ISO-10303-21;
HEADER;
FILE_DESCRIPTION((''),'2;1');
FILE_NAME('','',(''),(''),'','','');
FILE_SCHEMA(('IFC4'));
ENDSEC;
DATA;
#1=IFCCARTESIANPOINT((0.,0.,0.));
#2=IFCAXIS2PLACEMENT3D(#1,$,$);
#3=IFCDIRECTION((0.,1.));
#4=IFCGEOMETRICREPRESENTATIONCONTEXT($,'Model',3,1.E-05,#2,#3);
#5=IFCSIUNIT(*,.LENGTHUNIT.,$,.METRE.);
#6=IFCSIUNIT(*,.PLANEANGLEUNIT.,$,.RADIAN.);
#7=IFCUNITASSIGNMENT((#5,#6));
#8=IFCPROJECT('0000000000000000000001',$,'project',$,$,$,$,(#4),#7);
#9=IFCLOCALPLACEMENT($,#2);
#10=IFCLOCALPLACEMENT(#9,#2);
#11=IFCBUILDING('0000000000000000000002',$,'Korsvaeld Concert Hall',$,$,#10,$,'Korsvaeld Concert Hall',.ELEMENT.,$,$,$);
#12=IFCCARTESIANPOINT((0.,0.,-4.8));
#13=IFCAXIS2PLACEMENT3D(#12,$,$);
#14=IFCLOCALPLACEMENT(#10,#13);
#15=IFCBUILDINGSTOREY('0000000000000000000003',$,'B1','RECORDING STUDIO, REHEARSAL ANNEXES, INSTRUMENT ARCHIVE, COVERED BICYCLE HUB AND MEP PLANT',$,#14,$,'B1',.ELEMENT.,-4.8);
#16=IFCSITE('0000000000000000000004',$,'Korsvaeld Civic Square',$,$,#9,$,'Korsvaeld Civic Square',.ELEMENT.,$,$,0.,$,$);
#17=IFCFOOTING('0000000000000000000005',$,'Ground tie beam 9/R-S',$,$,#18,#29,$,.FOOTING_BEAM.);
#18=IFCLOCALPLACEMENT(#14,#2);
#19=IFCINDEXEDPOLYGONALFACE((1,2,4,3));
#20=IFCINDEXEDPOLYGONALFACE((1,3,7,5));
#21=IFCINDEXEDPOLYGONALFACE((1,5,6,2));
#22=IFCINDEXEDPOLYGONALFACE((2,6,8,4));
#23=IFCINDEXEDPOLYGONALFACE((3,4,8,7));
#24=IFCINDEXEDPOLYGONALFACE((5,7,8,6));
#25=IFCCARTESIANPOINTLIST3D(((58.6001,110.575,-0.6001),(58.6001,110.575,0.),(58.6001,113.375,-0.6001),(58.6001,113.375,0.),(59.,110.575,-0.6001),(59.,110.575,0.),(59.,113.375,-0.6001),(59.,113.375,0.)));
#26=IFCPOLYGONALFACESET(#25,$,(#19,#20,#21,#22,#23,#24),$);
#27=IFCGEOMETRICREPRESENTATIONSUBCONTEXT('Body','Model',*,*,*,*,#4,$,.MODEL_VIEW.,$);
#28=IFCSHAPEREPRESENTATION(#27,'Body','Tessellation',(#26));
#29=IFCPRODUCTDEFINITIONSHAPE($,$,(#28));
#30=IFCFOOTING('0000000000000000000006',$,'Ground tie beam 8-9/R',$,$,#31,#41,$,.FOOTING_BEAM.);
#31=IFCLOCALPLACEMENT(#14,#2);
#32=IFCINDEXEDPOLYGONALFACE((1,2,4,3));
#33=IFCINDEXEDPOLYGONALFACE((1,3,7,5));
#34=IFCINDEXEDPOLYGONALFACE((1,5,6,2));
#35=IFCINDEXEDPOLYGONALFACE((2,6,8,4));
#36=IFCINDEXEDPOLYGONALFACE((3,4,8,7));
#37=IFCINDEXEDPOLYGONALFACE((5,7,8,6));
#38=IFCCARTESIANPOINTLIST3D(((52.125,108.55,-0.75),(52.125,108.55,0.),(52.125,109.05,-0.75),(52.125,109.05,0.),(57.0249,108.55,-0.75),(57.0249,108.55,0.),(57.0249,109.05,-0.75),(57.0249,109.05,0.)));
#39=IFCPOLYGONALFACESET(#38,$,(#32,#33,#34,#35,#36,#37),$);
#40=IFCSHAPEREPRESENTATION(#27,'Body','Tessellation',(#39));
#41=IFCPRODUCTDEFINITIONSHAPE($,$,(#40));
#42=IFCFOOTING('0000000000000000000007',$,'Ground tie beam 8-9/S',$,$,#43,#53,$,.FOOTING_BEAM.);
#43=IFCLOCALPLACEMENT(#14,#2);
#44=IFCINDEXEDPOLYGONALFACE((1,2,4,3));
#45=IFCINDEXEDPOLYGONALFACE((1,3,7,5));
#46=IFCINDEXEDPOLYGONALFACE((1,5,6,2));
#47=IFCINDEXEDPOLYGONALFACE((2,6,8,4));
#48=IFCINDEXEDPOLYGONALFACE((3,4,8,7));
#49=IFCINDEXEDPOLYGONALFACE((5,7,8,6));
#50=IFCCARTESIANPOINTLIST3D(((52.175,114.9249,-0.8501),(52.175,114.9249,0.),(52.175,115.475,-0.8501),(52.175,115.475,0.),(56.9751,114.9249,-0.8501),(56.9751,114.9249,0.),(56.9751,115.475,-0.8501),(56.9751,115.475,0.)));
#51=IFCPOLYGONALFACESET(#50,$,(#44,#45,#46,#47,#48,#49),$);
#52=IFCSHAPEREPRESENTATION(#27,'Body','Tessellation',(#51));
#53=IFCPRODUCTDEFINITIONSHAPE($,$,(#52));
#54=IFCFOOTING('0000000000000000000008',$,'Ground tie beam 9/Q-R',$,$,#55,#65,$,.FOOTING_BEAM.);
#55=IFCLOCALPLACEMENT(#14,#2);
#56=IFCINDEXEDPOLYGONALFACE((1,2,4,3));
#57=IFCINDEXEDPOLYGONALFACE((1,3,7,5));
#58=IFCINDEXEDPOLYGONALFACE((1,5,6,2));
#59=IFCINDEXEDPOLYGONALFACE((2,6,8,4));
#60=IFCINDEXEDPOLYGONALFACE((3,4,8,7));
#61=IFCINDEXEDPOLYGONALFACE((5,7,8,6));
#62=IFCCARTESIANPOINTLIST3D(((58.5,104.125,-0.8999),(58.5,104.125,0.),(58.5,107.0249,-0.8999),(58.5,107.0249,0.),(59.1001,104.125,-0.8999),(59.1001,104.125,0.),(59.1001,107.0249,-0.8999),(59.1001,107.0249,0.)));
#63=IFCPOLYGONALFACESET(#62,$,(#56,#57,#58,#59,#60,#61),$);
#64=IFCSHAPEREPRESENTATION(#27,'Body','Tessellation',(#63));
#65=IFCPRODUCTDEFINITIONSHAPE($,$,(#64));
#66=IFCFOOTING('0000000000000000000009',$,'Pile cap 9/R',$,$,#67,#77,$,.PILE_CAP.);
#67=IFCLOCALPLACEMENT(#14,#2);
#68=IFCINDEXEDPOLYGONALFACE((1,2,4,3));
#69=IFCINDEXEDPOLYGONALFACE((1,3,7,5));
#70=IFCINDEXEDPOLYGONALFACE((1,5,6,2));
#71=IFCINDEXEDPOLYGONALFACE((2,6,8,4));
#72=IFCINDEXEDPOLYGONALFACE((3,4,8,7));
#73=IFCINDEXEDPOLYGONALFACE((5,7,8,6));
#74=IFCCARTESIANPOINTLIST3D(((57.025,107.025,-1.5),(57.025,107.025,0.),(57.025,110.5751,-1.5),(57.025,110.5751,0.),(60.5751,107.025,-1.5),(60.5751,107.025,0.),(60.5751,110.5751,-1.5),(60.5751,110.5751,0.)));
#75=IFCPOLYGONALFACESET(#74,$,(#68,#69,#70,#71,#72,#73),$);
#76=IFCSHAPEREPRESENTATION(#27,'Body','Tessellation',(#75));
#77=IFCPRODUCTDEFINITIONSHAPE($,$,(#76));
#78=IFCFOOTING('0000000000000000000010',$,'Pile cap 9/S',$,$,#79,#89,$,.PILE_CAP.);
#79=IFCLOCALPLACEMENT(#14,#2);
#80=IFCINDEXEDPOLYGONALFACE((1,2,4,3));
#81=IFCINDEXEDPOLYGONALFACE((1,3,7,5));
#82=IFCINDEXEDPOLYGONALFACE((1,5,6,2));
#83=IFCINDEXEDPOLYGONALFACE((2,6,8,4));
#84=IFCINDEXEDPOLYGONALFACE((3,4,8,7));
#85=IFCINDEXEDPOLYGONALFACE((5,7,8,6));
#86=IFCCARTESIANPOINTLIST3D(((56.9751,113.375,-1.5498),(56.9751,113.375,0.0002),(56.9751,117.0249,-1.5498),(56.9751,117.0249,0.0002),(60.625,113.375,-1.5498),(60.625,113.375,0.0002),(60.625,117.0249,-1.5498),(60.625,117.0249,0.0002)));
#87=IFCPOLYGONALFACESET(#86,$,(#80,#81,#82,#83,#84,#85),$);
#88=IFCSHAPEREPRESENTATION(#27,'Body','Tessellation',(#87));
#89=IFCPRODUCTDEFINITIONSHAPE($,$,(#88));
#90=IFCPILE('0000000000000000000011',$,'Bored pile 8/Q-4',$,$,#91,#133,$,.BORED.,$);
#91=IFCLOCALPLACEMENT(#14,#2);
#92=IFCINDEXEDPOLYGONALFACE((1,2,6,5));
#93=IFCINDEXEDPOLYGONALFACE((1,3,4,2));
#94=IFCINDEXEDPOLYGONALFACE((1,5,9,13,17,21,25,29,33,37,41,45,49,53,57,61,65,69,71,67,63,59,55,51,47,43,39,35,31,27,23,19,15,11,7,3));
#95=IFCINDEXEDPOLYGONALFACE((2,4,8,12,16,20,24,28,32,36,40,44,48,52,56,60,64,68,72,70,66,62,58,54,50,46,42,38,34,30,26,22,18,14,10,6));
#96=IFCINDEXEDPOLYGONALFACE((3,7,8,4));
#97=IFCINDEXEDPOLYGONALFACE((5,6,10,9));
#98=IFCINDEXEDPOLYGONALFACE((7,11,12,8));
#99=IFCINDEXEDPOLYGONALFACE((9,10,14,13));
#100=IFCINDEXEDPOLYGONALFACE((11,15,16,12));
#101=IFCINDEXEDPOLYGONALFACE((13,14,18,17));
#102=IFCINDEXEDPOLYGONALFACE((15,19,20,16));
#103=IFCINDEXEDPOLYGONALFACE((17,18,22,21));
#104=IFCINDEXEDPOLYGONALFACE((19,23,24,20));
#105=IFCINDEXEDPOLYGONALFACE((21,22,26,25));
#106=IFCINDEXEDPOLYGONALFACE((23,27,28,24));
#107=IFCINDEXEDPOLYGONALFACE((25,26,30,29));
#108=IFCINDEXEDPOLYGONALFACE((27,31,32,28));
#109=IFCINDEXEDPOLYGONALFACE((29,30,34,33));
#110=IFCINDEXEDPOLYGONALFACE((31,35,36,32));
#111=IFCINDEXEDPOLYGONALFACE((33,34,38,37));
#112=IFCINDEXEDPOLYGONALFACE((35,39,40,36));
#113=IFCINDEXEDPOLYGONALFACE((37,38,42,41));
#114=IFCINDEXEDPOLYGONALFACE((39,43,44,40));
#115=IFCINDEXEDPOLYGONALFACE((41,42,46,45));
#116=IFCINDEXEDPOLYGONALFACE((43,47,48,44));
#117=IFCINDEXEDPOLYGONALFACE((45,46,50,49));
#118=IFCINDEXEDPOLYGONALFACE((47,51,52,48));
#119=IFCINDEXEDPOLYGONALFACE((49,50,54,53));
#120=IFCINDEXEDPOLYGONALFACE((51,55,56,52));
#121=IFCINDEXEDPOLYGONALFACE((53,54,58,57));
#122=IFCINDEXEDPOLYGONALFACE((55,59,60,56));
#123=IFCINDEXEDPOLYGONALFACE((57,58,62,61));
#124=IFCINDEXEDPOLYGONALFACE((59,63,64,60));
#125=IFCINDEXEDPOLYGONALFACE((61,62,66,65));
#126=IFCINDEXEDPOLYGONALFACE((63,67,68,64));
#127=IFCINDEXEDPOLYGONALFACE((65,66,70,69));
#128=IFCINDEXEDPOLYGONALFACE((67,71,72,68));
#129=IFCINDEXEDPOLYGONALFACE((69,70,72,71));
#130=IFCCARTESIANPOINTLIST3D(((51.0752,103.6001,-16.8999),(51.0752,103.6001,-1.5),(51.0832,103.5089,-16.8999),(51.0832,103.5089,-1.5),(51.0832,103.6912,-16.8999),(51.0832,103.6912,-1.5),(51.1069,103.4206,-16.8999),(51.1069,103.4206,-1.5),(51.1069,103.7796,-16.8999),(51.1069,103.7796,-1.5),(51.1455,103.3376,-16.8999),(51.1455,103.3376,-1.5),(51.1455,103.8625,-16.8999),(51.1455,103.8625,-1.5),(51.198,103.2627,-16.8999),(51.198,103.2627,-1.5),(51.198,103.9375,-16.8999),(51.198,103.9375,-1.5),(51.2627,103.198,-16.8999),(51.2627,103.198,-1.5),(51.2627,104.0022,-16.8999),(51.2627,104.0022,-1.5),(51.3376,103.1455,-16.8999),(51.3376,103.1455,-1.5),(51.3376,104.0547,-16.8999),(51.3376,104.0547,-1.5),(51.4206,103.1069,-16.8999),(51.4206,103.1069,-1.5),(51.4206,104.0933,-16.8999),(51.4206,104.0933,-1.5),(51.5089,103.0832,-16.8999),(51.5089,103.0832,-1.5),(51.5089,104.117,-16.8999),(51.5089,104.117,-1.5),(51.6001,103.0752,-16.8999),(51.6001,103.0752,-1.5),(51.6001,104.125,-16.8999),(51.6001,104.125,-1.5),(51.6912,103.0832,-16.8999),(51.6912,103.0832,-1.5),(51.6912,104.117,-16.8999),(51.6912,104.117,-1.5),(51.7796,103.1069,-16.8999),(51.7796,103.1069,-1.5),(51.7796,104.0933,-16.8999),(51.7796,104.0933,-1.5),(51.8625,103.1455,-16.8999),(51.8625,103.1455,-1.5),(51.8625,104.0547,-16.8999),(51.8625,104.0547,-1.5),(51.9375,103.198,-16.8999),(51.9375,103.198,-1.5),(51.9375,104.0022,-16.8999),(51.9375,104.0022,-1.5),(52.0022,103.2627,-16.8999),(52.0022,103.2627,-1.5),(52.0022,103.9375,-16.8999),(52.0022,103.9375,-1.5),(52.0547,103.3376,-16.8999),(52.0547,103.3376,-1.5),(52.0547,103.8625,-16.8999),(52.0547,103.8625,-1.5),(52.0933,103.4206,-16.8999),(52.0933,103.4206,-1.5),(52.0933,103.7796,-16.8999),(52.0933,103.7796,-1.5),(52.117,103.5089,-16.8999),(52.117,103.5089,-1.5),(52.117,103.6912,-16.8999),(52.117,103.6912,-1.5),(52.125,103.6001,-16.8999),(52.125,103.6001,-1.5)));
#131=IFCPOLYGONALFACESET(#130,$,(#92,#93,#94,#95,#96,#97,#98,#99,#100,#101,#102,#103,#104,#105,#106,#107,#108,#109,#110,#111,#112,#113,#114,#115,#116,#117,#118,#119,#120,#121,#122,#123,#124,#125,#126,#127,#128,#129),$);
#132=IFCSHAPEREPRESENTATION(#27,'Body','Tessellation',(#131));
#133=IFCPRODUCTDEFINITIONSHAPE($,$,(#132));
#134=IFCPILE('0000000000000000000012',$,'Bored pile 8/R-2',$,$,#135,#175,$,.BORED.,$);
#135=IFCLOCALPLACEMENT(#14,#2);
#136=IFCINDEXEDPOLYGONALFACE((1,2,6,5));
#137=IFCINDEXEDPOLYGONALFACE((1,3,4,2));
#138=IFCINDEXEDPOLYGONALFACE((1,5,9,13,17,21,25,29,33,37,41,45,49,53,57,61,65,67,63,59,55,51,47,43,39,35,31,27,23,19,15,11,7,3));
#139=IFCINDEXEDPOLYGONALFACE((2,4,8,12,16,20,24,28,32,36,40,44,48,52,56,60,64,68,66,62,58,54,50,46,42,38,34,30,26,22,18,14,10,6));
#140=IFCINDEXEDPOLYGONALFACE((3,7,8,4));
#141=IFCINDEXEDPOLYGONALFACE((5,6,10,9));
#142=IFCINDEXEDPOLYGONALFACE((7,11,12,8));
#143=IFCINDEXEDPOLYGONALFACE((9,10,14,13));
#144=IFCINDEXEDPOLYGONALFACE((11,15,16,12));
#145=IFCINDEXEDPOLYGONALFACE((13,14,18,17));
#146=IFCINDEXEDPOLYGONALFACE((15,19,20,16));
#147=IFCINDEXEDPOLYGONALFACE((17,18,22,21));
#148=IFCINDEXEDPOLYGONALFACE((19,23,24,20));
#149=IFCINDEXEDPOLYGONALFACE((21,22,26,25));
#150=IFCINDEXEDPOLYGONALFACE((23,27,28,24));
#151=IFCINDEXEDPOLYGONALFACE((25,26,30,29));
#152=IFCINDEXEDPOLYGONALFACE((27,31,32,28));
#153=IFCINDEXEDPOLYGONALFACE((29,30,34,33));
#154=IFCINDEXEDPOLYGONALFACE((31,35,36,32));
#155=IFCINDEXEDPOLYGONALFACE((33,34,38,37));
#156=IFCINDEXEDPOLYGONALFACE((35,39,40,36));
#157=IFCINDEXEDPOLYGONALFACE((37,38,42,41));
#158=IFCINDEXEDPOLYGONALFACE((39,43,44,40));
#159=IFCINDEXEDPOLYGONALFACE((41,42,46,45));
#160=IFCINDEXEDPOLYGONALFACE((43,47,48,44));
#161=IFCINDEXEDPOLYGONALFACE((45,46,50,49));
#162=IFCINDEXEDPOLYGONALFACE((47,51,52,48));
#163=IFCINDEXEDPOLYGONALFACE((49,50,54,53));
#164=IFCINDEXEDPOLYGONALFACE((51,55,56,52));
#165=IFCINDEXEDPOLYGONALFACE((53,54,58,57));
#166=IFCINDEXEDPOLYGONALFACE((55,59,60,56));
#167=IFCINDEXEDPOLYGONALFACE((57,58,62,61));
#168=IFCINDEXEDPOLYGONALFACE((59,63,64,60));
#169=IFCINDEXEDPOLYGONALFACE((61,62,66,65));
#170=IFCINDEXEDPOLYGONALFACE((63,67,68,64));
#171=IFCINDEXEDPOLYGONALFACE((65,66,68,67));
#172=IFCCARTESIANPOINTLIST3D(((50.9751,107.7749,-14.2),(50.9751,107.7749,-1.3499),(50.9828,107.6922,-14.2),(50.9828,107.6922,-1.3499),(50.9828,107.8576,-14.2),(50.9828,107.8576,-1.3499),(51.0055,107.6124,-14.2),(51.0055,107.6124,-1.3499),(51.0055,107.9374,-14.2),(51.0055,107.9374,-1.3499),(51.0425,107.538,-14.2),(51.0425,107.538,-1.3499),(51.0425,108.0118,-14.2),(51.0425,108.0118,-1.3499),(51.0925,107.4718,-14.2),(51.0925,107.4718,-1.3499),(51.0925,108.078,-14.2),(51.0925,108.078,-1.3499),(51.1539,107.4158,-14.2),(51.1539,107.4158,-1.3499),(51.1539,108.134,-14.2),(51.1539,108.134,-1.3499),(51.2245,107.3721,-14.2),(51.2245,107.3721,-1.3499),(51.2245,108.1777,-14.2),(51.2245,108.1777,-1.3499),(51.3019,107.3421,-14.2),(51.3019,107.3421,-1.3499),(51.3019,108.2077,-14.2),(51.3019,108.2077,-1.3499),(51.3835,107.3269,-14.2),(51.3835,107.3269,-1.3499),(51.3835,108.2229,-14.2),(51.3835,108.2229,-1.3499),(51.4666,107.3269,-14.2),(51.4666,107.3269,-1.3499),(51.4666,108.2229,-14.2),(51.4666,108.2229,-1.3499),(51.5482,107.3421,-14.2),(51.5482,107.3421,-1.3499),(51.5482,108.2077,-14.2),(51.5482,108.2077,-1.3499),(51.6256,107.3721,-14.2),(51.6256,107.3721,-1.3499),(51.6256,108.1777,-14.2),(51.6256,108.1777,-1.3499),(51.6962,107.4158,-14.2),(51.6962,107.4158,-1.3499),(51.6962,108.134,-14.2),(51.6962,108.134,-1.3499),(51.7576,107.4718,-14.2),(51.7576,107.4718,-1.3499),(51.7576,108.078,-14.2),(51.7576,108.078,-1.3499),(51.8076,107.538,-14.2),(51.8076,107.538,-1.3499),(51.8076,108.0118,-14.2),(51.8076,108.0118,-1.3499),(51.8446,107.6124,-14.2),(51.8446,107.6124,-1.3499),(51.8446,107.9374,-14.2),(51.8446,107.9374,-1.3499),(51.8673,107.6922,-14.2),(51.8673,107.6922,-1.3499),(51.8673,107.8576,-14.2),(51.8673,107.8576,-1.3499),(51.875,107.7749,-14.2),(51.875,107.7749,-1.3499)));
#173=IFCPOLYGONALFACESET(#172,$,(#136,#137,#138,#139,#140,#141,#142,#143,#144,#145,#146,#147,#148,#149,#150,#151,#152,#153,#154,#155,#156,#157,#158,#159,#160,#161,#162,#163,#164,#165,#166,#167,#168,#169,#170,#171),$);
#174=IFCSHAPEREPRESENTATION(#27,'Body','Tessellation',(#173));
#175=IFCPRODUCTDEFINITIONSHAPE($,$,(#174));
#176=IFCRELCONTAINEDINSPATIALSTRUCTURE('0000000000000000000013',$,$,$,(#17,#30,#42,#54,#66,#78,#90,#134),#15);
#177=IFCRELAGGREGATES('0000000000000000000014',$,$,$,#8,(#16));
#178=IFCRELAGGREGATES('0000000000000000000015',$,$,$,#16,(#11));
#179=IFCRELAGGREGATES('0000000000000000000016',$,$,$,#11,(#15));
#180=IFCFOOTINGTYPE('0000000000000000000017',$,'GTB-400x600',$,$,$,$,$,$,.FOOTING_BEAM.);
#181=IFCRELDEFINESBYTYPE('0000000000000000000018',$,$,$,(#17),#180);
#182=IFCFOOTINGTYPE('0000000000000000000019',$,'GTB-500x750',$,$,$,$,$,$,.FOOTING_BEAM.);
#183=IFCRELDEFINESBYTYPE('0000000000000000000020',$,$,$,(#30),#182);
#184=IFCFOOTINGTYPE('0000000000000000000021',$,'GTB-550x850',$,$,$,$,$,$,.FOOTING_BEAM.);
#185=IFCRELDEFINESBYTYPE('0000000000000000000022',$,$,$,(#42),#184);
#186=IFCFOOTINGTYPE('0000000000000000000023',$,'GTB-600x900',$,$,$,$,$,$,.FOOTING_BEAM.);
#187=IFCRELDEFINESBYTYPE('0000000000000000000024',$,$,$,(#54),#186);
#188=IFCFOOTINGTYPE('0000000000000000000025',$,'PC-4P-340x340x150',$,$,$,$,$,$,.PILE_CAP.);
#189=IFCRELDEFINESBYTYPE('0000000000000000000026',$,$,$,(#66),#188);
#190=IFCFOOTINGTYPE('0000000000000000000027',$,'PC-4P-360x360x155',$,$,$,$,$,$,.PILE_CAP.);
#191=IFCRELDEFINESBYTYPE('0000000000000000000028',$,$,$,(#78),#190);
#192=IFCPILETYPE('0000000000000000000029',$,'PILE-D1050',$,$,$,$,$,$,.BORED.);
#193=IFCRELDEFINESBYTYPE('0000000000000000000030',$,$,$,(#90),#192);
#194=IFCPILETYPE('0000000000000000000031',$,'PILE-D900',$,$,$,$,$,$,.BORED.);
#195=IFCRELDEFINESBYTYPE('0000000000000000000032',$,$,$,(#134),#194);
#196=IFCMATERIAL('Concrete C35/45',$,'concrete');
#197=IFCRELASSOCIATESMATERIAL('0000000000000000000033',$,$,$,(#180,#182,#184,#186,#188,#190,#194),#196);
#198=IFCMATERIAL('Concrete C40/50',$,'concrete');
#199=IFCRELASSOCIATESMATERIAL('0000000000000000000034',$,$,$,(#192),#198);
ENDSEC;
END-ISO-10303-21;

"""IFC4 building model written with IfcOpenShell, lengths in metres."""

from ifc_helpers import new_model, si_unit, direction, frame, origin, origin_2d, place, context, subcontext, project, spatial, rectangle, circle, extrude, material, material_profile, profile_set, type_object, element, save


model = new_model("IFC4")

# Units and contexts
model_context = context("Model", 3, precision=1e-05, world=origin(), true_north=direction((0.0, 1.0)))
body_context = subcontext(model_context, "Body", "Model", "MODEL_VIEW")
ifc_project = project(units=[si_unit("LENGTHUNIT", "METRE"), si_unit("PLANEANGLEUNIT", "RADIAN")], contexts=[model_context])

# Site, building, storey
site_placement = place(None, origin())
site = spatial("IfcSite", under=ifc_project, at=site_placement, Name="Korsvaeld Civic Square", LongName="Korsvaeld Civic Square", CompositionType="ELEMENT", RefElevation=0.0)
building_placement = place(site_placement, origin())
building = spatial("IfcBuilding", under=site, at=building_placement, Name="Korsvaeld Concert Hall", LongName="Korsvaeld Concert Hall", CompositionType="ELEMENT")
storey_placement = place(building_placement, frame((0.0, 0.0, -4.8)))
storey = spatial("IfcBuildingStorey", under=building, at=storey_placement, Name="B1", Description="RECORDING STUDIO, REHEARSAL ANNEXES, INSTRUMENT ARCHIVE, COVERED BICYCLE HUB AND MEP PLANT", LongName="B1", CompositionType="ELEMENT", Elevation=-4.8)

# Footings
ifc_material_1 = material(Name="Concrete C35/45", Category="concrete")
ifc_material_profile_1 = material_profile(ifc_material_1, rectangle(XDim=0.3999, YDim=0.6001, at=origin_2d()), Name="GTB 400x600")
ifc_profile_set_1 = profile_set([ifc_material_profile_1], Name="Concrete C35/45")
footing_type_1 = type_object("IfcFootingType", Name="GTB-400x600", PredefinedType="FOOTING_BEAM", material=ifc_profile_set_1)
footing_1_placement = place(storey_placement, frame((58.8, 110.575, -0.3), z_axis=(0.0, 1.0, 0.0), x_axis=(-1.0, 0.0, 0.0)))
element("IfcFooting", 1, at=footing_1_placement, inside=storey, type_object=footing_type_1, Name="Ground tie beam 9/R-S", PredefinedType="FOOTING_BEAM", context=body_context, shape_type="SweptSolid", body=[
    extrude(rectangle(XDim=0.3999, YDim=0.6001, at=origin_2d()), origin(), (0.0, 0.0, 1.0), 2.8),
])
ifc_material_profile_2 = material_profile(ifc_material_1, rectangle(XDim=0.5, YDim=0.75, at=origin_2d()), Name="GTB 500x750")
ifc_profile_set_2 = profile_set([ifc_material_profile_2], Name="Concrete C35/45")
footing_type_2 = type_object("IfcFootingType", Name="GTB-500x750", PredefinedType="FOOTING_BEAM", material=ifc_profile_set_2)
footing_2_placement = place(storey_placement, frame((52.125, 108.8, -0.375), z_axis=(1.0, 0.0, 0.0), x_axis=(0.0, 1.0, 0.0)))
element("IfcFooting", 2, at=footing_2_placement, inside=storey, type_object=footing_type_2, Name="Ground tie beam 8-9/R", PredefinedType="FOOTING_BEAM", context=body_context, shape_type="SweptSolid", body=[
    extrude(rectangle(XDim=0.5, YDim=0.75, at=origin_2d()), origin(), (0.0, 0.0, 1.0), 4.8999),
])
ifc_material_profile_3 = material_profile(ifc_material_1, rectangle(XDim=0.55, YDim=0.8501, at=origin_2d()), Name="GTB 550x850")
ifc_profile_set_3 = profile_set([ifc_material_profile_3], Name="Concrete C35/45")
footing_type_3 = type_object("IfcFootingType", Name="GTB-550x850", PredefinedType="FOOTING_BEAM", material=ifc_profile_set_3)
footing_3_placement = place(storey_placement, frame((52.175, 115.2, -0.425), z_axis=(1.0, 0.0, 0.0), x_axis=(0.0, 1.0, 0.0)))
element("IfcFooting", 3, at=footing_3_placement, inside=storey, type_object=footing_type_3, Name="Ground tie beam 8-9/S", PredefinedType="FOOTING_BEAM", context=body_context, shape_type="SweptSolid", body=[
    extrude(rectangle(XDim=0.55, YDim=0.8501, at=origin_2d()), origin(), (0.0, 0.0, 1.0), 4.8),
])
ifc_material_profile_4 = material_profile(ifc_material_1, rectangle(XDim=0.6001, YDim=0.8999, at=origin_2d()), Name="GTB 600x900")
ifc_profile_set_4 = profile_set([ifc_material_profile_4], Name="Concrete C35/45")
footing_type_4 = type_object("IfcFootingType", Name="GTB-600x900", PredefinedType="FOOTING_BEAM", material=ifc_profile_set_4)
footing_4_placement = place(storey_placement, frame((58.8, 104.125, -0.45), z_axis=(0.0, 1.0, 0.0), x_axis=(-1.0, 0.0, 0.0)))
element("IfcFooting", 4, at=footing_4_placement, inside=storey, type_object=footing_type_4, Name="Ground tie beam 9/Q-R", PredefinedType="FOOTING_BEAM", context=body_context, shape_type="SweptSolid", body=[
    extrude(rectangle(XDim=0.6001, YDim=0.8999, at=origin_2d()), origin(), (0.0, 0.0, 1.0), 2.8999),
])
footing_type_5 = type_object("IfcFootingType", Name="PC-4P-340x340x150", PredefinedType="PILE_CAP", material=ifc_material_1)
footing_5_placement = place(storey_placement, frame((58.8, 108.8, -1.5), z_axis=(0.0, 0.0, 1.0), x_axis=(1.0, 0.0, 0.0)))
element("IfcFooting", 5, at=footing_5_placement, inside=storey, type_object=footing_type_5, Name="Pile cap 9/R", PredefinedType="PILE_CAP", context=body_context, shape_type="SweptSolid", body=[
    extrude(rectangle(XDim=3.55, YDim=3.55, at=origin_2d()), origin(), (0.0, 0.0, 1.0), 1.5),
])
footing_type_6 = type_object("IfcFootingType", Name="PC-4P-360x360x155", PredefinedType="PILE_CAP", material=ifc_material_1)
footing_6_placement = place(storey_placement, frame((58.8, 115.2, -1.5498), z_axis=(0.0, 0.0, 1.0), x_axis=(1.0, 0.0, 0.0)))
element("IfcFooting", 6, at=footing_6_placement, inside=storey, type_object=footing_type_6, Name="Pile cap 9/S", PredefinedType="PILE_CAP", context=body_context, shape_type="SweptSolid", body=[
    extrude(rectangle(XDim=3.6499, YDim=3.6499, at=origin_2d()), origin(), (0.0, 0.0, 1.0), 1.55),
])

# Piles
ifc_material_2 = material(Name="Concrete C40/50", Category="concrete")
ifc_material_profile_5 = material_profile(ifc_material_2, circle(Radius=0.5249, at=origin_2d()), Name="BORED PILE D1050")
ifc_profile_set_5 = profile_set([ifc_material_profile_5], Name="Concrete C40/50")
pile_type_1 = type_object("IfcPileType", Name="PILE-D1050", PredefinedType="BORED", material=ifc_profile_set_5)
pile_placement = place(storey_placement, frame((51.6001, 103.6001, -1.5), z_axis=(0.0, 0.0, -1.0), x_axis=(1.0, 0.0, 0.0)))
element("IfcPile", 7, at=pile_placement, inside=storey, type_object=pile_type_1, Name="Bored pile 8/Q-4", PredefinedType="BORED", context=body_context, shape_type="SweptSolid", body=[
    extrude(circle(Radius=0.5249, at=origin_2d()), origin(), (0.0, 0.0, 1.0), 15.3999),
])
ifc_material_profile_6 = material_profile(ifc_material_1, circle(Radius=0.45, at=origin_2d()), Name="BORED PILE D900")
ifc_profile_set_6 = profile_set([ifc_material_profile_6], Name="Concrete C35/45")
pile_type_2 = type_object("IfcPileType", Name="PILE-D900", PredefinedType="BORED", material=ifc_profile_set_6)
for number, where, z_axis, x_axis, name in (
    (8, (51.425, 107.7749, -1.3499), (0.0, 0.0, -1.0), (1.0, 0.0, 0.0), "Bored pile 8/R-2"),
):
    element("IfcPile", number, at=place(storey_placement, frame(where, z_axis=z_axis, x_axis=x_axis)), inside=storey, type_object=pile_type_2, Name=name, PredefinedType="BORED", context=body_context, shape_type="SweptSolid", body=[
        extrude(circle(Radius=0.45, at=origin_2d()), origin(), (0.0, 0.0, 1.0), 12.8501),
    ])

save(model, "model.ifc")
